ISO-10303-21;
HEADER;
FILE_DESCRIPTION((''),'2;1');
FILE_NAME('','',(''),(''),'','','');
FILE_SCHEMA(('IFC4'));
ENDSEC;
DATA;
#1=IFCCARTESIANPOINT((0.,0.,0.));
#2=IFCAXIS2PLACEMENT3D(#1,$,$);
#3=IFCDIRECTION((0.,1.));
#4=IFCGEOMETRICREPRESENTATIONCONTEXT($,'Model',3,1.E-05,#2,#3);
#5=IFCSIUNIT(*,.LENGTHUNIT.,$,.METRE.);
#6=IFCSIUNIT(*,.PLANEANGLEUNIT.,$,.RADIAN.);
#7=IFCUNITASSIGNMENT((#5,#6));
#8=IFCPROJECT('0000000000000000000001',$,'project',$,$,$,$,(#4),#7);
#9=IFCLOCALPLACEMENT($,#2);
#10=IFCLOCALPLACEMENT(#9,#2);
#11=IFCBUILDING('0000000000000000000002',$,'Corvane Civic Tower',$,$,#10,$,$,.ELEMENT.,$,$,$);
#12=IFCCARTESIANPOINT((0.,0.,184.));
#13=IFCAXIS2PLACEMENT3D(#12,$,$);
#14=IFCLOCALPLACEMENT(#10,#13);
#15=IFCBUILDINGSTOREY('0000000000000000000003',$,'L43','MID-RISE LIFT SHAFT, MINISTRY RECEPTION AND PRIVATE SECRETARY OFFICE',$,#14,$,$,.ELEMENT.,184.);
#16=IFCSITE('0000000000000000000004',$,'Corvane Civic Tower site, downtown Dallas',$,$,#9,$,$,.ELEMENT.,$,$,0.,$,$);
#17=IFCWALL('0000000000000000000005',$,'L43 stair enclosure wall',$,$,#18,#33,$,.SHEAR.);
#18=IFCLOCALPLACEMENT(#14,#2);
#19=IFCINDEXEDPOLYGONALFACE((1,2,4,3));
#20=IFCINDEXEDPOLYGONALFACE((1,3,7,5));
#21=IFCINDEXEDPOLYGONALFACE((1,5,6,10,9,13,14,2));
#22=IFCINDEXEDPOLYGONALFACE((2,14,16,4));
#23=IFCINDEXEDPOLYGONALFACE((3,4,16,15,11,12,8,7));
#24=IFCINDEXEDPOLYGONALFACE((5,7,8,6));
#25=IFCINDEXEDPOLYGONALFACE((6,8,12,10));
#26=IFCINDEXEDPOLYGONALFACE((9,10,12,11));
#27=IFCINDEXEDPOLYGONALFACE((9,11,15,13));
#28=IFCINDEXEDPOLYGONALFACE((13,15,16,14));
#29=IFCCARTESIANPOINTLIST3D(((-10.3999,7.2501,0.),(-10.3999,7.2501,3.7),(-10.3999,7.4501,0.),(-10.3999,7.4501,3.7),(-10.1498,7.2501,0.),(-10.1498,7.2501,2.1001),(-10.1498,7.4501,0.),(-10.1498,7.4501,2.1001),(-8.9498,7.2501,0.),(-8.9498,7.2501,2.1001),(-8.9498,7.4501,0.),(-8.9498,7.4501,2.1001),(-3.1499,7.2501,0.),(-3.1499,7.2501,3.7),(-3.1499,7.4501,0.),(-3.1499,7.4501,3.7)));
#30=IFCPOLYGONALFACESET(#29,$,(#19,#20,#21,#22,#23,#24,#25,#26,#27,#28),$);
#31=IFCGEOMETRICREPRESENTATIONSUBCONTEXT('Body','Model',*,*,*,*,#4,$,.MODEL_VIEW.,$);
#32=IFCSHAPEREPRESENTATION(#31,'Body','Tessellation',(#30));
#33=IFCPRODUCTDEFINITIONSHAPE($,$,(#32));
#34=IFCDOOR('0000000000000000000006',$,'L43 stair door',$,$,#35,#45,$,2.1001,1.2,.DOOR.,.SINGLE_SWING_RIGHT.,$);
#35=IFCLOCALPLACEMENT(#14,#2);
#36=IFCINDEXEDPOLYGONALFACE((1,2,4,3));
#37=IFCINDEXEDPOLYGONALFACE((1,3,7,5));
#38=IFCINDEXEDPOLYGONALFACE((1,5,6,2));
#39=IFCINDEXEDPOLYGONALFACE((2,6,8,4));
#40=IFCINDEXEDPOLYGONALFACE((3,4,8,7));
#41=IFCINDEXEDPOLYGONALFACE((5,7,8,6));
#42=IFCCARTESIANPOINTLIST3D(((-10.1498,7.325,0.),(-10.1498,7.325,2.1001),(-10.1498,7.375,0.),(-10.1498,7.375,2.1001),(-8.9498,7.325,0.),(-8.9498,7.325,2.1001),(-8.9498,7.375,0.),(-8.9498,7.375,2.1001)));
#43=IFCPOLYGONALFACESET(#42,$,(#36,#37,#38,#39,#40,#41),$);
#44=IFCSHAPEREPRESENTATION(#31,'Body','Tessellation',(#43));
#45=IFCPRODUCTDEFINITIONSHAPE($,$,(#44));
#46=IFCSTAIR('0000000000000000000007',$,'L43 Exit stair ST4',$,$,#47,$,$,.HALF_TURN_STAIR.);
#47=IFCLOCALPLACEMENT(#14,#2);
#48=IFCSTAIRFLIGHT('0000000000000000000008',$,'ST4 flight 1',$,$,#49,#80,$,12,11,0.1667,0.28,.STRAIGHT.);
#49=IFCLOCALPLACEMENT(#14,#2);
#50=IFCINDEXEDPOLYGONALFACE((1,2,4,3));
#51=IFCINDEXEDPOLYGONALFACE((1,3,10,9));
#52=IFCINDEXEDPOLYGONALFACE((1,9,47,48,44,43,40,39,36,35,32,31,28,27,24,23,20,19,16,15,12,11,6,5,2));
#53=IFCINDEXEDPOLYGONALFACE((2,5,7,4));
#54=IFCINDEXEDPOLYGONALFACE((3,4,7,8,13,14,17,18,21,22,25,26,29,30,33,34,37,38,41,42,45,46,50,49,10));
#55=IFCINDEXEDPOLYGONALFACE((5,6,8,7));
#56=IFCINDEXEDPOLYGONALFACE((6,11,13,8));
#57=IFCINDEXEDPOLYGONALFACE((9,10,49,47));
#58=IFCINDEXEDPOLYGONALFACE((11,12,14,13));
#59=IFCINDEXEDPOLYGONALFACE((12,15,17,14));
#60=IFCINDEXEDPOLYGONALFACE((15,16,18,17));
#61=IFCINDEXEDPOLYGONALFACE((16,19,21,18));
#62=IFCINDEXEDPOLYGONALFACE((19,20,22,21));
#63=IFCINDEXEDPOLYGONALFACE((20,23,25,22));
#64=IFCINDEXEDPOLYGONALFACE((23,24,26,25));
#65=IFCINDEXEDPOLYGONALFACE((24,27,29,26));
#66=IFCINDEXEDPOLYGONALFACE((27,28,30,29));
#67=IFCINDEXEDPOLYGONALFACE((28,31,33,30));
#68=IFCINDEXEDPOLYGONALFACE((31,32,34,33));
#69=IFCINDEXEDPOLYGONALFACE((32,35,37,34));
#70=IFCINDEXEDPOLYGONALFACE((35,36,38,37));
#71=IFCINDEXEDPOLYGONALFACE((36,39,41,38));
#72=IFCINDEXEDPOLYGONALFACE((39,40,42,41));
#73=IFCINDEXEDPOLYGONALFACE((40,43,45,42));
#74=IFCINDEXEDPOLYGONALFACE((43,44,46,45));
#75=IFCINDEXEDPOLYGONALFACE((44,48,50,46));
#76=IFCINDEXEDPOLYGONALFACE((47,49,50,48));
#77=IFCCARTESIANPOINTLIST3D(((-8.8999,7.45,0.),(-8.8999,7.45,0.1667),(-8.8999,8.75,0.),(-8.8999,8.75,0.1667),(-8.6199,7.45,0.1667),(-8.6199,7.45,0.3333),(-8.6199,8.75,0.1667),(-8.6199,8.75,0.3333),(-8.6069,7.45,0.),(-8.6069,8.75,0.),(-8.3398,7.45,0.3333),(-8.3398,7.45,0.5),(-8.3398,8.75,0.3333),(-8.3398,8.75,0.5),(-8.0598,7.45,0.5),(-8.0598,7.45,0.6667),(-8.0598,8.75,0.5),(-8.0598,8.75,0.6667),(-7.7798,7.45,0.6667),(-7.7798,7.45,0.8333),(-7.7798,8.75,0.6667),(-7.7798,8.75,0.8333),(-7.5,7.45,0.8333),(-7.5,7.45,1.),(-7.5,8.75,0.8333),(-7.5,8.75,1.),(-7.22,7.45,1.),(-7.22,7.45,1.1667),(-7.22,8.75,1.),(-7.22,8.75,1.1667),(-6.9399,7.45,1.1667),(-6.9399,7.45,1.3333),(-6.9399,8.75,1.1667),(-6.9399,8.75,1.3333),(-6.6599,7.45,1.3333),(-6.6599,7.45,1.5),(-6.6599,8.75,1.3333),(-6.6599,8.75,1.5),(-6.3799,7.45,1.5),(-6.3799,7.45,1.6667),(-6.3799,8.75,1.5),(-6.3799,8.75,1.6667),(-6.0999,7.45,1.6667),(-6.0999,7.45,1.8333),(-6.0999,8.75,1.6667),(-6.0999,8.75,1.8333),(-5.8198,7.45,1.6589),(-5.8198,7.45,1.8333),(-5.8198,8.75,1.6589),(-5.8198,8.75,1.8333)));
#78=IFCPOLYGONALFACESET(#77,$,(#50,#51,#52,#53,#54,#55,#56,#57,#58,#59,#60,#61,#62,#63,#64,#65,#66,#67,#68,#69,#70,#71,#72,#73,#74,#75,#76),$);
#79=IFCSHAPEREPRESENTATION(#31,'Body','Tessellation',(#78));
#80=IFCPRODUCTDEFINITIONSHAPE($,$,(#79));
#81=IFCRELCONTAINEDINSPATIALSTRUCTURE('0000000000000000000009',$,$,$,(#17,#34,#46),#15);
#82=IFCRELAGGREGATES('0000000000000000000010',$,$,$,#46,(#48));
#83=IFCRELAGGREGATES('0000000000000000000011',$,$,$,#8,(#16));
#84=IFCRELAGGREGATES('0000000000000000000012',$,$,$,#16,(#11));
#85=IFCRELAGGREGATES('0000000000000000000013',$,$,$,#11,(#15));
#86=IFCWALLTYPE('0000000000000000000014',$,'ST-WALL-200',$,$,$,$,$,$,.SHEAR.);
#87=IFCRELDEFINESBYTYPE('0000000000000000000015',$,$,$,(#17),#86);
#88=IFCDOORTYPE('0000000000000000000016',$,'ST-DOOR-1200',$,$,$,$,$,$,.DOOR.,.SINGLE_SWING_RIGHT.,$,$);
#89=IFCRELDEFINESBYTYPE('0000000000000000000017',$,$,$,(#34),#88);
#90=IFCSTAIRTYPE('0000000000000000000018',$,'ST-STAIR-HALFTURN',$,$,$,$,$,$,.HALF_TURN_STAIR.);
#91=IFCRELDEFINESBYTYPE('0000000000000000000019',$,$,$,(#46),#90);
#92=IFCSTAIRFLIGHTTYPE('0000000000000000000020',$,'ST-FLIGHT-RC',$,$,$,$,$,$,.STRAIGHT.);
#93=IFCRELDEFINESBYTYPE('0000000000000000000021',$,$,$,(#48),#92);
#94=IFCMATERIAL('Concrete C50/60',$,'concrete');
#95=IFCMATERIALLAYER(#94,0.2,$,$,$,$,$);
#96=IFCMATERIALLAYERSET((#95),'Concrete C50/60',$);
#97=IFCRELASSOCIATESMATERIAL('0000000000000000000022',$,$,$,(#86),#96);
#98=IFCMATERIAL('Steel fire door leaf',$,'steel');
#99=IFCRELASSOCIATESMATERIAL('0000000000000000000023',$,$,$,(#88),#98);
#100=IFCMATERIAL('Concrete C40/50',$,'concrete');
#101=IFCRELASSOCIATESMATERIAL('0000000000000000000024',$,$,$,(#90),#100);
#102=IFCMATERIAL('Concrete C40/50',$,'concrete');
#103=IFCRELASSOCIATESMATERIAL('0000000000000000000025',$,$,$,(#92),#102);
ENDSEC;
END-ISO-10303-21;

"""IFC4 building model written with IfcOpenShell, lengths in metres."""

from ifc_helpers import new_model, si_unit, direction, frame, frame_2d, origin, place, context, subcontext, project, spatial, polyline, rectangle, outline, extrude, material, layer, layer_set, type_object, element, fill, aggregate, save


model = new_model("IFC4")

# Units and contexts
model_context = context("Model", 3, precision=1e-05, world=origin(), true_north=direction((0.0, 1.0)))
body_context = subcontext(model_context, "Body", "Model", "MODEL_VIEW")
ifc_project = project(units=[si_unit("LENGTHUNIT", "METRE"), si_unit("PLANEANGLEUNIT", "RADIAN")], contexts=[model_context])

# Site, building, storey
site_placement = place(None, origin())
site = spatial("IfcSite", under=ifc_project, at=site_placement, Name="Corvane Civic Tower site, downtown Dallas", CompositionType="ELEMENT", RefElevation=0.0)
building_placement = place(site_placement, origin())
building = spatial("IfcBuilding", under=site, at=building_placement, Name="Corvane Civic Tower", CompositionType="ELEMENT")
storey_placement = place(building_placement, frame((0.0, 0.0, 184.0)))
storey = spatial("IfcBuildingStorey", under=building, at=storey_placement, Name="L43", Description="MID-RISE LIFT SHAFT, MINISTRY RECEPTION AND PRIVATE SECRETARY OFFICE", CompositionType="ELEMENT", Elevation=184.0)

# Wall, opening, door
ifc_material_1 = material(Name="Concrete C50/60", Category="concrete")
ifc_layer_1 = layer(ifc_material_1, 0.2)
ifc_layer_set_1 = layer_set([ifc_layer_1], Name="Concrete C50/60")
wall_type_1 = type_object("IfcWallType", Name="ST-WALL-200", PredefinedType="SHEAR", material=ifc_layer_set_1)
wall_1_placement = place(storey_placement, frame((-10.3999, 7.3501, 0.0), z_axis=(0.0, 0.0, 1.0), x_axis=(1.0, 0.0, 0.0)))
wall_1 = element("IfcWall", 1, at=wall_1_placement, inside=storey, type_object=wall_type_1, Name="L43 stair enclosure wall", PredefinedType="SHEAR", context=body_context, shape_type="SweptSolid", body=[
    extrude(rectangle(XDim=7.25, YDim=0.2, at=frame_2d((3.625, 0.0))), origin(), (0.0, 0.0, 1.0), 3.7),
])
opening_1_placement = place(wall_1_placement, frame((0.25, 0.0, 0.0)))
opening_1 = element("IfcOpeningElement", 2, at=opening_1_placement, cuts=wall_1, PredefinedType="OPENING", context=body_context, shape_type="SweptSolid", body=[
    extrude(rectangle(XDim=1.2, YDim=2.1001, at=frame_2d((0.6001, 1.05))), frame((0.0, 0.1099, 0.0), z_axis=(0.0, -1.0, 0.0), x_axis=(1.0, 0.0, 0.0)), (0.0, 0.0, 1.0), 0.22),
])
ifc_material_2 = material(Name="Steel fire door leaf", Category="steel")
door_type_1 = type_object("IfcDoorType", Name="ST-DOOR-1200", OperationType="SINGLE_SWING_RIGHT", PredefinedType="DOOR", material=ifc_material_2)
door_1_placement = place(opening_1_placement, origin())
door_1 = element("IfcDoor", 3, at=door_1_placement, inside=storey, type_object=door_type_1, Name="L43 stair door", OperationType="SINGLE_SWING_RIGHT", OverallHeight=2.1001, OverallWidth=1.2, PredefinedType="DOOR", context=body_context, shape_type="SweptSolid", body=[
    extrude(rectangle(XDim=1.2, YDim=2.1001, at=frame_2d((0.6001, 1.05))), frame((0.0, 0.0249, 0.0), z_axis=(0.0, -1.0, 0.0), x_axis=(1.0, 0.0, 0.0)), (0.0, 0.0, 1.0), 0.05),
])
fill(opening_1, door_1)

# Stair, stair flight
ifc_material_3 = material(Name="Concrete C40/50", Category="concrete")
stair_type = type_object("IfcStairType", Name="ST-STAIR-HALFTURN", PredefinedType="HALF_TURN_STAIR", material=ifc_material_3)
stair_placement = place(storey_placement, origin())
stair = element("IfcStair", 4, at=stair_placement, inside=storey, type_object=stair_type, Name="L43 Exit stair ST4", PredefinedType="HALF_TURN_STAIR")
ifc_material_4 = material(Name="Concrete C40/50", Category="concrete")
stair_flight_type = type_object("IfcStairFlightType", Name="ST-FLIGHT-RC", PredefinedType="STRAIGHT", material=ifc_material_4)
stair_flight_placement = place(storey_placement, frame((-8.8999, 8.1001, 0.0), z_axis=(0.0, 0.0, 1.0), x_axis=(1.0, 0.0, 0.0)))
stair_flight = element("IfcStairFlight", 5, at=stair_flight_placement, type_object=stair_flight_type, Name="ST4 flight 1", NumberOfRisers=12, NumberOfTreads=11, PredefinedType="STRAIGHT", RiserHeight=0.1667, TreadLength=0.28, context=body_context, shape_type="SweptSolid", body=[
    extrude(outline(polyline([(0.0, 0.0), (0.0, 0.1667), (0.28, 0.1667), (0.28, 0.3333), (0.5601, 0.3333), (0.5601, 0.5), (0.8401, 0.5), (0.8401, 0.6667), (1.1201, 0.6667), (1.1201, 0.8333), (1.3999, 0.8333), (1.3999, 1.0), (1.6799, 1.0), (1.6799, 1.1667), (1.96, 1.1667), (1.96, 1.3333), (2.24, 1.3333), (2.24, 1.5), (2.52, 1.5), (2.52, 1.6667), (2.8, 1.6667), (2.8, 1.8333), (3.0801, 1.8333), (3.0801, 2.0), (3.0801, 1.6589), (0.293, 0.0), (0.0, 0.0)])), frame((0.0, 0.6499, 0.0), z_axis=(0.0, -1.0, 0.0), x_axis=(1.0, 0.0, 0.0)), (0.0, 0.0, 1.0), 1.3),
])
aggregate(stair, [stair_flight])

save(model, "model.ifc")
